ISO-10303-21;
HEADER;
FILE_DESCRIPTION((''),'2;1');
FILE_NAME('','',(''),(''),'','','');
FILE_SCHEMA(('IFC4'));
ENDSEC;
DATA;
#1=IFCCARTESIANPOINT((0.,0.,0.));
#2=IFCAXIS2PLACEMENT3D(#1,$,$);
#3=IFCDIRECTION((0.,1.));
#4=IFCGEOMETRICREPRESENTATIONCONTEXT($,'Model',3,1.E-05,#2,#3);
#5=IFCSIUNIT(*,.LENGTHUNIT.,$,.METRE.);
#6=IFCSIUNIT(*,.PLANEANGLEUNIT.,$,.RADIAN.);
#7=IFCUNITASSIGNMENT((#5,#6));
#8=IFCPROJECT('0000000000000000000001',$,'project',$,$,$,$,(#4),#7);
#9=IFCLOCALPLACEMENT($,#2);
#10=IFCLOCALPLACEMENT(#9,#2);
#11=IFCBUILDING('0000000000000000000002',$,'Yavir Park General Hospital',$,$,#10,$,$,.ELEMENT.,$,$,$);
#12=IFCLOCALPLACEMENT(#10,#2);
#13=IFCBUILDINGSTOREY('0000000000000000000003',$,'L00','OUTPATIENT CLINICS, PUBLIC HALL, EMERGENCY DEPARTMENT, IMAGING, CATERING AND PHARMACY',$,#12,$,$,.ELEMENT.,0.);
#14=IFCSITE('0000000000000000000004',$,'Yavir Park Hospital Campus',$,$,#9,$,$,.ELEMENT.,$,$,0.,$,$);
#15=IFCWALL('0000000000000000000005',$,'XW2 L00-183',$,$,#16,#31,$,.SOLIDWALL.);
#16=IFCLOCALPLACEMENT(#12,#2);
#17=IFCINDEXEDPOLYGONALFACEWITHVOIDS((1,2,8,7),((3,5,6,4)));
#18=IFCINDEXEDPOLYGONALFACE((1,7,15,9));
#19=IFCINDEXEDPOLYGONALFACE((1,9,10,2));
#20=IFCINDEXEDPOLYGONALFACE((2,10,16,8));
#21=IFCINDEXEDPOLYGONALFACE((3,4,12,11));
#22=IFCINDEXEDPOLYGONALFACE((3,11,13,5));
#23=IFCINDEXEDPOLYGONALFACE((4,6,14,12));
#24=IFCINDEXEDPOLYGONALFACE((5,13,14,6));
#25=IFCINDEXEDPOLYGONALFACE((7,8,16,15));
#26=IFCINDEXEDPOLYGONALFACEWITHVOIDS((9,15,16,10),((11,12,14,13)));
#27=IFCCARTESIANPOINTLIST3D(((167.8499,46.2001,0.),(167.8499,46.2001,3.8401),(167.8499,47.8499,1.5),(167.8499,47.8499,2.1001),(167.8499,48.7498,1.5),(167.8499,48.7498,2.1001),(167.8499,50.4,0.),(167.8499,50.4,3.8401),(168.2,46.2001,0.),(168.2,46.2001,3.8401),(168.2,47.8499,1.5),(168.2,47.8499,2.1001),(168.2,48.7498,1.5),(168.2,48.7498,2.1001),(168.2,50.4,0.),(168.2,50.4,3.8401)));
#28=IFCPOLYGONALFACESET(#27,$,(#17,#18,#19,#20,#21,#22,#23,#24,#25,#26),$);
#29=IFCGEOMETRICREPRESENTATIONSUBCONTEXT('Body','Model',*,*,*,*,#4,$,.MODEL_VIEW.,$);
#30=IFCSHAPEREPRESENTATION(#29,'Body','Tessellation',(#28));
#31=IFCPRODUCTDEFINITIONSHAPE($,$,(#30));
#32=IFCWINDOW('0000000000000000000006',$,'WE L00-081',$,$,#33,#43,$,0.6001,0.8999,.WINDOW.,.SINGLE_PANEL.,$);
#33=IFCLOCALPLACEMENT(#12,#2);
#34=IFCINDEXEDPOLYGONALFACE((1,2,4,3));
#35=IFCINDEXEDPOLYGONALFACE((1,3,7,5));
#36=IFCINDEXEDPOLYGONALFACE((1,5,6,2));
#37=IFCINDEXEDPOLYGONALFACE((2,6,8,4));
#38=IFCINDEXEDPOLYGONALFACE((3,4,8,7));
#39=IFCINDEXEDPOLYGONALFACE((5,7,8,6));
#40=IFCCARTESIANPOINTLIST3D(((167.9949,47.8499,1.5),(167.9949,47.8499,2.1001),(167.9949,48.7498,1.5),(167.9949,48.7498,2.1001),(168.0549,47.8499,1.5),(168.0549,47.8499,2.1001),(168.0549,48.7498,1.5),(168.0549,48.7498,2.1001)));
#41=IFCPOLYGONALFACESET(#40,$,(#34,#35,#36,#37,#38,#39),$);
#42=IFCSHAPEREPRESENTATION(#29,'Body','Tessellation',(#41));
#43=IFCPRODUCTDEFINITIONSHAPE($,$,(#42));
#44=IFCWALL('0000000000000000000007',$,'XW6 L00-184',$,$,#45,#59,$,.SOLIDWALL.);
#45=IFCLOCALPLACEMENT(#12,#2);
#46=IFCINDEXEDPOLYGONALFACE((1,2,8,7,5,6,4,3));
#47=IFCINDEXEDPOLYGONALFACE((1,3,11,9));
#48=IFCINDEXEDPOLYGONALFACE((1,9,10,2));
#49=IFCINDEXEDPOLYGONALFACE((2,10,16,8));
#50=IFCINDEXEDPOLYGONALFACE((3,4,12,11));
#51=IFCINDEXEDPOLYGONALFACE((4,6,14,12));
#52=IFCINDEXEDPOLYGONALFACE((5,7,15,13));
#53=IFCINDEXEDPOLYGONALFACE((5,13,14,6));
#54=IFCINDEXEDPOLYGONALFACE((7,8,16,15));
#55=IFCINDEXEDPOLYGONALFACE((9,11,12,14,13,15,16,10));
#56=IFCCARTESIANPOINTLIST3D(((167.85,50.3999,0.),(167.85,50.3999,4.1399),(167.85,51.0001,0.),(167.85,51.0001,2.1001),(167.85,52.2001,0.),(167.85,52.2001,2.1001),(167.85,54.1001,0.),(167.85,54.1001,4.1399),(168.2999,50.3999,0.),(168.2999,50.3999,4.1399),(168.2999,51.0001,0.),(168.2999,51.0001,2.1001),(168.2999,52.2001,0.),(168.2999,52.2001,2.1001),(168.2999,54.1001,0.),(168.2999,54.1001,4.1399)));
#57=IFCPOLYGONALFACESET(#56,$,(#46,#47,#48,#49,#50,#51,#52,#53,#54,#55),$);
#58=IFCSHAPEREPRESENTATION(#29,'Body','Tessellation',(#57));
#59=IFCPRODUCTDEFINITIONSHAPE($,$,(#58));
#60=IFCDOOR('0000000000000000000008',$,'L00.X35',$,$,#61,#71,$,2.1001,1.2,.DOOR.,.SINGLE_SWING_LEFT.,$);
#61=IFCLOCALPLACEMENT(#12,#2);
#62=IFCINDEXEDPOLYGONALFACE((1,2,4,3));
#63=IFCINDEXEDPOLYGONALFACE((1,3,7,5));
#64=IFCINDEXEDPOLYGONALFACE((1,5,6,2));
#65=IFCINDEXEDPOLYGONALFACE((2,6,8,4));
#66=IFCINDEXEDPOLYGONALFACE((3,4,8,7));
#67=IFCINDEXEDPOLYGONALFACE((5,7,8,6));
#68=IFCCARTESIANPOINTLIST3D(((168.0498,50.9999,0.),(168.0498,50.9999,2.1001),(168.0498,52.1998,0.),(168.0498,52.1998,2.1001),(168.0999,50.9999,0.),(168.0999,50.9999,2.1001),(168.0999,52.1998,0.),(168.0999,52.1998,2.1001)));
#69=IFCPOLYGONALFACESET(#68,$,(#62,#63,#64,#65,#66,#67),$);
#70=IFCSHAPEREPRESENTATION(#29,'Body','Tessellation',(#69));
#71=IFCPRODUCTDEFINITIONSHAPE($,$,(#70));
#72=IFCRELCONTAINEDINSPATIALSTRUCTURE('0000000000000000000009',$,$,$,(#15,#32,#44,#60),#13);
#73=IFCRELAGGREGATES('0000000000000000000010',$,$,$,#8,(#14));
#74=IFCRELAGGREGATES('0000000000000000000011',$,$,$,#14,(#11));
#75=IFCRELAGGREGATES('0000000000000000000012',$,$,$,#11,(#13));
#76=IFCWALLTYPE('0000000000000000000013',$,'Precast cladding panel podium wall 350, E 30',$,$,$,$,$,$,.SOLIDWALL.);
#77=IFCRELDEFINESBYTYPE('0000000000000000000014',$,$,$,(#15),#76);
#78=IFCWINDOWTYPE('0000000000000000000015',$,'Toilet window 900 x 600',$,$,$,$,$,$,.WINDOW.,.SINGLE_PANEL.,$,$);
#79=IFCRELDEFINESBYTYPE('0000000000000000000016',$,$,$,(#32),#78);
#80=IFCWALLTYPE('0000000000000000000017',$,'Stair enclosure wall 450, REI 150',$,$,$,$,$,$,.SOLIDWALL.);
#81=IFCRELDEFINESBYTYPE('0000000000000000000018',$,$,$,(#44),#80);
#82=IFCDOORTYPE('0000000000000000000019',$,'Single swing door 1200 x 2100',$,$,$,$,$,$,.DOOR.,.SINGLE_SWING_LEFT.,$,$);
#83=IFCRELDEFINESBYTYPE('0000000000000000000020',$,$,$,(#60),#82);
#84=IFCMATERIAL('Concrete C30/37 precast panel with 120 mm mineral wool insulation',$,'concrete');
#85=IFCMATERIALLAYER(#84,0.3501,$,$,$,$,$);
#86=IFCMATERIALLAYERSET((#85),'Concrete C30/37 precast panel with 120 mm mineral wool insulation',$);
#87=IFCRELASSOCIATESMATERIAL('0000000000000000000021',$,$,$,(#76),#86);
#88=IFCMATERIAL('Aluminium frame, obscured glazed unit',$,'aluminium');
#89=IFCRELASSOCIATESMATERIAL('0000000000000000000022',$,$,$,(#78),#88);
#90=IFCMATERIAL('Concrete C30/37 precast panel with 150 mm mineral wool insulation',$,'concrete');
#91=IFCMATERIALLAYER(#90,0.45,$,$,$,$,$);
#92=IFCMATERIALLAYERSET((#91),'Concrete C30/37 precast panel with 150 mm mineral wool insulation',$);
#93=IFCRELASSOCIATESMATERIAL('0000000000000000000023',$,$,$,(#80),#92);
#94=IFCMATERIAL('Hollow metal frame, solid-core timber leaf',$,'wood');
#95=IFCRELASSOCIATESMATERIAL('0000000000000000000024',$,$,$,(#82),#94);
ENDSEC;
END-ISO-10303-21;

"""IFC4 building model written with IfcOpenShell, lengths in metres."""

from ifc_helpers import new_model, si_unit, direction, frame, frame_2d, origin, place, context, subcontext, project, spatial, rectangle, extrude, material, layer, layer_set, type_object, element, fill, save


model = new_model("IFC4")

# Units and contexts
model_context = context("Model", 3, precision=1e-05, world=origin(), true_north=direction((0.0, 1.0)))
body_context = subcontext(model_context, "Body", "Model", "MODEL_VIEW")
ifc_project = project(units=[si_unit("LENGTHUNIT", "METRE"), si_unit("PLANEANGLEUNIT", "RADIAN")], contexts=[model_context])

# Site, building, storey
site_placement = place(None, origin())
site = spatial("IfcSite", under=ifc_project, at=site_placement, Name="Yavir Park Hospital Campus", CompositionType="ELEMENT", RefElevation=0.0)
building_placement = place(site_placement, origin())
building = spatial("IfcBuilding", under=site, at=building_placement, Name="Yavir Park General Hospital", CompositionType="ELEMENT")
storey_placement = place(building_placement, origin())
storey = spatial("IfcBuildingStorey", under=building, at=storey_placement, Name="L00", Description="OUTPATIENT CLINICS, PUBLIC HALL, EMERGENCY DEPARTMENT, IMAGING, CATERING AND PHARMACY", CompositionType="ELEMENT", Elevation=0.0)

# Wall, opening, window
ifc_material_1 = material(Name="Concrete C30/37 precast panel with 120 mm mineral wool insulation", Category="concrete")
ifc_layer_1 = layer(ifc_material_1, 0.3501)
ifc_layer_set_1 = layer_set([ifc_layer_1], Name="Concrete C30/37 precast panel with 120 mm mineral wool insulation")
wall_type_1 = type_object("IfcWallType", Name="Precast cladding panel podium wall 350, E 30", PredefinedType="SOLIDWALL", material=ifc_layer_set_1)
ifc_material_2 = material(Name="Aluminium frame, obscured glazed unit", Category="aluminium")
window_type_1 = type_object("IfcWindowType", Name="Toilet window 900 x 600", PartitioningType="SINGLE_PANEL", PredefinedType="WINDOW", material=ifc_material_2)
wall_1_placement = place(storey_placement, frame((168.0249, 46.2, 0.0), z_axis=(0.0, 0.0, 1.0), x_axis=(0.0, 1.0, 0.0)))
wall_1 = element("IfcWall", 1, at=wall_1_placement, inside=storey, type_object=wall_type_1, Name="XW2 L00-183", PredefinedType="SOLIDWALL", context=body_context, shape_type="SweptSolid", body=[
    extrude(rectangle(XDim=4.2, YDim=0.3501, at=frame_2d((2.1001, 0.0))), origin(), (0.0, 0.0, 1.0), 3.8401),
])
opening_1_placement = place(wall_1_placement, frame((1.6499, 0.0, 1.5)))
opening_1 = element("IfcOpeningElement", 2, at=opening_1_placement, cuts=wall_1, PredefinedType="OPENING", context=body_context, shape_type="SweptSolid", body=[
    extrude(rectangle(XDim=0.8999, YDim=0.6001, at=frame_2d((0.45, 0.3))), frame((0.0, 0.1851, 0.0), z_axis=(0.0, -1.0, 0.0), x_axis=(1.0, 0.0, 0.0)), (0.0, 0.0, 1.0), 0.3701),
])
window_1_placement = place(opening_1_placement, origin())
window_1 = element("IfcWindow", 3, at=window_1_placement, inside=storey, type_object=window_type_1, Name="WE L00-081", OverallHeight=0.6001, OverallWidth=0.8999, PartitioningType="SINGLE_PANEL", PredefinedType="WINDOW", context=body_context, shape_type="SweptSolid", body=[
    extrude(rectangle(XDim=0.8999, YDim=0.6001, at=frame_2d((0.45, 0.3))), frame((0.0, 0.03, 0.0), z_axis=(0.0, -1.0, 0.0), x_axis=(1.0, 0.0, 0.0)), (0.0, 0.0, 1.0), 0.0601),
])
fill(opening_1, window_1)

# Wall, opening, door
ifc_material_3 = material(Name="Concrete C30/37 precast panel with 150 mm mineral wool insulation", Category="concrete")
ifc_layer_2 = layer(ifc_material_3, 0.45)
ifc_layer_set_2 = layer_set([ifc_layer_2], Name="Concrete C30/37 precast panel with 150 mm mineral wool insulation")
wall_type_2 = type_object("IfcWallType", Name="Stair enclosure wall 450, REI 150", PredefinedType="SOLIDWALL", material=ifc_layer_set_2)
wall_2_placement = place(storey_placement, frame((168.075, 50.3999, 0.0), z_axis=(0.0, 0.0, 1.0), x_axis=(0.0, 1.0, 0.0)))
wall_2 = element("IfcWall", 4, at=wall_2_placement, inside=storey, type_object=wall_type_2, Name="XW6 L00-184", PredefinedType="SOLIDWALL", context=body_context, shape_type="SweptSolid", body=[
    extrude(rectangle(XDim=3.7002, YDim=0.45, at=frame_2d((1.8501, 0.0))), origin(), (0.0, 0.0, 1.0), 4.1399),
])
opening_2_placement = place(wall_2_placement, frame((0.6001, 0.0, 0.0)))
opening_2 = element("IfcOpeningElement", 5, at=opening_2_placement, cuts=wall_2, PredefinedType="OPENING", context=body_context, shape_type="SweptSolid", body=[
    extrude(rectangle(XDim=1.2, YDim=2.1001, at=frame_2d((0.6001, 1.05))), frame((0.0, 0.2349, 0.0), z_axis=(0.0, -1.0, 0.0), x_axis=(1.0, 0.0, 0.0)), (0.0, 0.0, 1.0), 0.47),
])
ifc_material_4 = material(Name="Hollow metal frame, solid-core timber leaf", Category="wood")
door_type = type_object("IfcDoorType", Name="Single swing door 1200 x 2100", OperationType="SINGLE_SWING_LEFT", PredefinedType="DOOR", material=ifc_material_4)
door_placement = place(opening_2_placement, frame((1.2, 0.0, 0.0), x_axis=(-1.0, 0.0, 0.0)))
door = element("IfcDoor", 6, at=door_placement, inside=storey, type_object=door_type, Name="L00.X35", OperationType="SINGLE_SWING_LEFT", OverallHeight=2.1001, OverallWidth=1.2, PredefinedType="DOOR", context=body_context, shape_type="SweptSolid", body=[
    extrude(rectangle(XDim=1.2, YDim=2.1001, at=frame_2d((0.6001, 1.05))), frame((0.0, 0.0249, 0.0), z_axis=(0.0, -1.0, 0.0), x_axis=(1.0, 0.0, 0.0)), (0.0, 0.0, 1.0), 0.05),
])
fill(opening_2, door)

save(model, "model.ifc")
